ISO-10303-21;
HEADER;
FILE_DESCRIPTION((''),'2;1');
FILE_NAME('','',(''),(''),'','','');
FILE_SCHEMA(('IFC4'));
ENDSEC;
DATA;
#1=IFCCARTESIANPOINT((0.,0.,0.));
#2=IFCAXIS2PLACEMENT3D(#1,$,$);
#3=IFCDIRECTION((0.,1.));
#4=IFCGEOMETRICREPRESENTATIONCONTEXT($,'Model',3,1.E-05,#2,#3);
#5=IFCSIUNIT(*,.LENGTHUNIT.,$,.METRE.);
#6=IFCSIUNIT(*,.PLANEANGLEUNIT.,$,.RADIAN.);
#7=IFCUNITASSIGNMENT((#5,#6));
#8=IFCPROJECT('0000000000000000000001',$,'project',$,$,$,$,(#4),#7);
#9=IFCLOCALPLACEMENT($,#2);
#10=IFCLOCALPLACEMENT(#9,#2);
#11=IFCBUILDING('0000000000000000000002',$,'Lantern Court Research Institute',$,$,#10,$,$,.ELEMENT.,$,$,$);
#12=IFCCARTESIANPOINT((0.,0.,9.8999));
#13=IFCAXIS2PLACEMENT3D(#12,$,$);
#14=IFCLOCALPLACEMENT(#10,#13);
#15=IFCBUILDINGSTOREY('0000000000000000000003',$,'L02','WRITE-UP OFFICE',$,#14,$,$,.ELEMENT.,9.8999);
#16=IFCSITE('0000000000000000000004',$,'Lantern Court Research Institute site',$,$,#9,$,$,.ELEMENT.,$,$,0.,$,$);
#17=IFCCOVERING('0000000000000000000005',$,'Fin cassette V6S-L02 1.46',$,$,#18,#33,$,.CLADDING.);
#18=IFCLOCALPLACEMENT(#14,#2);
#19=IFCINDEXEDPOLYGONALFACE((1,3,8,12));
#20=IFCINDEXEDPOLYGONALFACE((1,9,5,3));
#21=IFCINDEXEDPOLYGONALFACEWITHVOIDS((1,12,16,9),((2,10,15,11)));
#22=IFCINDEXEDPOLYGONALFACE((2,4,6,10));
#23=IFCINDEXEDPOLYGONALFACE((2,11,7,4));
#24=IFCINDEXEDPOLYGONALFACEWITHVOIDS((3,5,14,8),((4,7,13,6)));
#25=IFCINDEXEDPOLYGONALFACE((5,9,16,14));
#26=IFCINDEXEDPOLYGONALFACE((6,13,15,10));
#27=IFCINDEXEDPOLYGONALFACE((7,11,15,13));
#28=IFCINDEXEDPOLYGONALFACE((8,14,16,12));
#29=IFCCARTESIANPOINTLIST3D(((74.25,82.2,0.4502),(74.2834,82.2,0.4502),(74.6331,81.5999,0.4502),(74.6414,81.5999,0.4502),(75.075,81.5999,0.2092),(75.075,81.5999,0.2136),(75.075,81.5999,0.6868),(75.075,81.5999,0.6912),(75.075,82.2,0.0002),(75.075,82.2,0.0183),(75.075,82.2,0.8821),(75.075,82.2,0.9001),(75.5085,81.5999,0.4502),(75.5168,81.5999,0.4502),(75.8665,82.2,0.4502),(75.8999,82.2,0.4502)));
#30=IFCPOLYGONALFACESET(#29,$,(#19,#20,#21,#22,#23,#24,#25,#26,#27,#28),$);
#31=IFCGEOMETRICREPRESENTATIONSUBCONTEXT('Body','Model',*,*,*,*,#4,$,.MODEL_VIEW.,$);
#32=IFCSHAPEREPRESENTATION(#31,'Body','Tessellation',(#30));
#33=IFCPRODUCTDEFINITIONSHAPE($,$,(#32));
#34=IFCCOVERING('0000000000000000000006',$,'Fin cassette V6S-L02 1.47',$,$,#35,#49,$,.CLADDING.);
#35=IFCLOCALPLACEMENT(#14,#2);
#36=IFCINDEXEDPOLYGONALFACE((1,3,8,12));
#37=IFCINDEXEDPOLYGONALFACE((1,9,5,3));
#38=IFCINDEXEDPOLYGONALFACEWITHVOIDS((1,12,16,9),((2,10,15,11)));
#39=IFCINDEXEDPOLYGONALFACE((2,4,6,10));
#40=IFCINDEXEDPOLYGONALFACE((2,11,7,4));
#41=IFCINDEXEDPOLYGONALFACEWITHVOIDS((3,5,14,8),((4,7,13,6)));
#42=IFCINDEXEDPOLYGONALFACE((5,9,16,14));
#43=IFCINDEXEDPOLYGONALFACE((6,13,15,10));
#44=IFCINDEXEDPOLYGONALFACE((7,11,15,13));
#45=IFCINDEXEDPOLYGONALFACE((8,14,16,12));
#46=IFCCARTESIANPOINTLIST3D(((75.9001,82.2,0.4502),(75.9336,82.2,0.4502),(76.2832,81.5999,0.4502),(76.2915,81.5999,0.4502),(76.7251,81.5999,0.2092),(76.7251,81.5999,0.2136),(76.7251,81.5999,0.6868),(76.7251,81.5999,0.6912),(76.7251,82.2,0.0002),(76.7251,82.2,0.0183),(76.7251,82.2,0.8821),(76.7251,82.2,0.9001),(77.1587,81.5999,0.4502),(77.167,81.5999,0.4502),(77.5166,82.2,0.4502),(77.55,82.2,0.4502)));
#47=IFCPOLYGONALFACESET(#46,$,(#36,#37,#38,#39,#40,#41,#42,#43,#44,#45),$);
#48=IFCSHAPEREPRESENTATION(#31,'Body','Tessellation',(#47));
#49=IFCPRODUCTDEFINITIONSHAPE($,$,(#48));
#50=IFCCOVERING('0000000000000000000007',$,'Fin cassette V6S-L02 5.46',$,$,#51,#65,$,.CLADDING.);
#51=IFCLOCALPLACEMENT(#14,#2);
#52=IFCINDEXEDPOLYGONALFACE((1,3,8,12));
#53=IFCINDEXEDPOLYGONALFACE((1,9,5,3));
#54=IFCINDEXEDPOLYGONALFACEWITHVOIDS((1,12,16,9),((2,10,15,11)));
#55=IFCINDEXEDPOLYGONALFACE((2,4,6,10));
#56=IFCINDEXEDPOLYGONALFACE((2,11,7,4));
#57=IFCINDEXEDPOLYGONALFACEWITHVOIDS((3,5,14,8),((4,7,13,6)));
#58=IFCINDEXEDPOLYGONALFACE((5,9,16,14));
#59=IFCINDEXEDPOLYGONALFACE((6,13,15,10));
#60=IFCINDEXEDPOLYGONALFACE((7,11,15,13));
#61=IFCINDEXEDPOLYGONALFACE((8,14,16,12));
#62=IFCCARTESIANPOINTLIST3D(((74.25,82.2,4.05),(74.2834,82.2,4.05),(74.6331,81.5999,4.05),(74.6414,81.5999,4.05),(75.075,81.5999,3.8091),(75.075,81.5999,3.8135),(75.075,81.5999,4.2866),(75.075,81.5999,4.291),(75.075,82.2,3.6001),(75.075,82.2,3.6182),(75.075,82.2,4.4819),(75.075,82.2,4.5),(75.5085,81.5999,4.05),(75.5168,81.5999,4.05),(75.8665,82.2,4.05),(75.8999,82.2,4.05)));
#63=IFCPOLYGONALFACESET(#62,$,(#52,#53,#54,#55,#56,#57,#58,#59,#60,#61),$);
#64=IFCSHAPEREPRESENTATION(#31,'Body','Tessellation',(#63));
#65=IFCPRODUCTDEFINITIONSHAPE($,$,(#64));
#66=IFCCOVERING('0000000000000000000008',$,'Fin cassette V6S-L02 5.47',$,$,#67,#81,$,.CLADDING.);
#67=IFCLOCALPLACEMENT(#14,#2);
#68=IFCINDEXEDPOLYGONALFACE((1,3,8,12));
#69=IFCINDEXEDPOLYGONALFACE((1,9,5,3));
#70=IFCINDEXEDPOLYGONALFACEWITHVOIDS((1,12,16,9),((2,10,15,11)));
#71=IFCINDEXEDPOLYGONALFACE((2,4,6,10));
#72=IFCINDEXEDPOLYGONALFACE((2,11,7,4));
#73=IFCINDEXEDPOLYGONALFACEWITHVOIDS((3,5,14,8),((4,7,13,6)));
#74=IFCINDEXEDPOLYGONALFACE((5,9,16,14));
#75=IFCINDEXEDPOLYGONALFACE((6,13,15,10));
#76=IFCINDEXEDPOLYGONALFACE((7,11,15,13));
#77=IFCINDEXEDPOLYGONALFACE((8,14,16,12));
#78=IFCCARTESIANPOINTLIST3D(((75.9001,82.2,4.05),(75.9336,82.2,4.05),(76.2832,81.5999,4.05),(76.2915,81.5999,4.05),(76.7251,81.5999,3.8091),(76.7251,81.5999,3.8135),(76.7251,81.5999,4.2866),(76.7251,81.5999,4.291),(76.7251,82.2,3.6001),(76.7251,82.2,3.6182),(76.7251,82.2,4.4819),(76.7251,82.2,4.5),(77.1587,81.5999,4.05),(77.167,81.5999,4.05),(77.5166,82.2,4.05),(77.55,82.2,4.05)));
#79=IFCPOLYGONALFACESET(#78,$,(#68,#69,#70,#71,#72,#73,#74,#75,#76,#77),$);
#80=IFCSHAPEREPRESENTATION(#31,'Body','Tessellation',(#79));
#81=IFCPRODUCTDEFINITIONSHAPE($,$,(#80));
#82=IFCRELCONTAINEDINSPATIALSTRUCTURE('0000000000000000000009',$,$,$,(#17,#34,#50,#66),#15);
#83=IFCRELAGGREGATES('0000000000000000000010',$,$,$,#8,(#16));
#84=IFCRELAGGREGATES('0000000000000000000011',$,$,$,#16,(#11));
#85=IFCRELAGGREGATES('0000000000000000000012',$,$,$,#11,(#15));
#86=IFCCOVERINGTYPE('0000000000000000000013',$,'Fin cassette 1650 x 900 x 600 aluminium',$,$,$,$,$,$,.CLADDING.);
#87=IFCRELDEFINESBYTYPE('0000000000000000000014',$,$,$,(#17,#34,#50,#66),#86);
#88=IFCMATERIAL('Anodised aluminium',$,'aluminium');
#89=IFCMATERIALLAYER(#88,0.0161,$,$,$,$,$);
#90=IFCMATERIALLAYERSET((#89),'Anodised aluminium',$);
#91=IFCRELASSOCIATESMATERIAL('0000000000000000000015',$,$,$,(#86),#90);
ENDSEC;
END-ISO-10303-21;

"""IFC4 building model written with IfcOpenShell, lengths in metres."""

from ifc_helpers import new_model, entity, si_unit, direction, frame, origin, place, context, subcontext, project, spatial, material, layer, layer_set, type_object, element, save


model = new_model("IFC4")

# Units and contexts
model_context = context("Model", 3, precision=1e-05, world=origin(), true_north=direction((0.0, 1.0)))
body_context = subcontext(model_context, "Body", "Model", "MODEL_VIEW")
ifc_project = project(units=[si_unit("LENGTHUNIT", "METRE"), si_unit("PLANEANGLEUNIT", "RADIAN")], contexts=[model_context])

# Site, building, storey
site_placement = place(None, origin())
site = spatial("IfcSite", under=ifc_project, at=site_placement, Name="Lantern Court Research Institute site", CompositionType="ELEMENT", RefElevation=0.0)
building_placement = place(site_placement, origin())
building = spatial("IfcBuilding", under=site, at=building_placement, Name="Lantern Court Research Institute", CompositionType="ELEMENT")
storey_placement = place(building_placement, frame((0.0, 0.0, 9.8999)))
storey = spatial("IfcBuildingStorey", under=building, at=storey_placement, Name="L02", Description="WRITE-UP OFFICE", CompositionType="ELEMENT", Elevation=9.8999)

# Coverings
ifc_material_1 = material(Name="Anodised aluminium", Category="aluminium")
ifc_layer_1 = layer(ifc_material_1, 0.0161)
ifc_layer_set_1 = layer_set([ifc_layer_1], Name="Anodised aluminium")
covering_type_1 = type_object("IfcCoveringType", Name="Fin cassette 1650 x 900 x 600 aluminium", PredefinedType="CLADDING", material=ifc_layer_set_1)
covering_1_placement = place(storey_placement, frame((75.075, 82.2, 0.4502), z_axis=(0.0, -1.0, 0.0), x_axis=(1.0, 0.0, 0.0)))
cartesian_point_1 = entity("IfcCartesianPoint", [0.825, 0.0])
cartesian_point_2 = entity("IfcCartesianPoint", [0.7915, 0.0])
cartesian_point_3 = entity("IfcCartesianPoint", [0.4419, 0.0])
cartesian_point_4 = entity("IfcCartesianPoint", [0.4336, 0.0])
element("IfcCovering", 1, at=covering_1_placement, inside=storey, type_object=covering_type_1, Name="Fin cassette V6S-L02 1.46", PredefinedType="CLADDING", context=body_context, shape_type="SweptSolid", body=[
    entity("IfcExtrudedAreaSolidTapered", entity("IfcArbitraryProfileDefWithVoids", "AREA", None, entity("IfcPolyline", [cartesian_point_1, entity("IfcCartesianPoint", [0.0, 0.45]), entity("IfcCartesianPoint", [-0.825, 0.0]), entity("IfcCartesianPoint", [0.0, -0.45]), cartesian_point_1]), [entity("IfcPolyline", [cartesian_point_2, entity("IfcCartesianPoint", [0.0, 0.4319]), entity("IfcCartesianPoint", [-0.7915, 0.0]), entity("IfcCartesianPoint", [0.0, -0.4319]), cartesian_point_2])]), entity("IfcAxis2Placement3D", entity("IfcCartesianPoint", [0.0, 0.0, 0.0])), entity("IfcDirection", [0.0, 0.0, 1.0]), 0.6001, entity("IfcArbitraryProfileDefWithVoids", "AREA", None, entity("IfcPolyline", [cartesian_point_3, entity("IfcCartesianPoint", [0.0, 0.241]), entity("IfcCartesianPoint", [-0.4419, 0.0]), entity("IfcCartesianPoint", [0.0, -0.241]), cartesian_point_3]), [entity("IfcPolyline", [cartesian_point_4, entity("IfcCartesianPoint", [0.0, 0.2366]), entity("IfcCartesianPoint", [-0.4336, 0.0]), entity("IfcCartesianPoint", [0.0, -0.2366]), cartesian_point_4])])),
])
covering_2_placement = place(storey_placement, frame((76.7251, 82.2, 0.4502), z_axis=(0.0, -1.0, 0.0), x_axis=(1.0, 0.0, 0.0)))
cartesian_point_5 = entity("IfcCartesianPoint", [0.825, 0.0])
cartesian_point_6 = entity("IfcCartesianPoint", [0.7915, 0.0])
cartesian_point_7 = entity("IfcCartesianPoint", [0.4419, 0.0])
cartesian_point_8 = entity("IfcCartesianPoint", [0.4336, 0.0])
element("IfcCovering", 2, at=covering_2_placement, inside=storey, type_object=covering_type_1, Name="Fin cassette V6S-L02 1.47", PredefinedType="CLADDING", context=body_context, shape_type="SweptSolid", body=[
    entity("IfcExtrudedAreaSolidTapered", entity("IfcArbitraryProfileDefWithVoids", "AREA", None, entity("IfcPolyline", [cartesian_point_5, entity("IfcCartesianPoint", [0.0, 0.45]), entity("IfcCartesianPoint", [-0.825, 0.0]), entity("IfcCartesianPoint", [0.0, -0.45]), cartesian_point_5]), [entity("IfcPolyline", [cartesian_point_6, entity("IfcCartesianPoint", [0.0, 0.4319]), entity("IfcCartesianPoint", [-0.7915, 0.0]), entity("IfcCartesianPoint", [0.0, -0.4319]), cartesian_point_6])]), entity("IfcAxis2Placement3D", entity("IfcCartesianPoint", [0.0, 0.0, 0.0])), entity("IfcDirection", [0.0, 0.0, 1.0]), 0.6001, entity("IfcArbitraryProfileDefWithVoids", "AREA", None, entity("IfcPolyline", [cartesian_point_7, entity("IfcCartesianPoint", [0.0, 0.241]), entity("IfcCartesianPoint", [-0.4419, 0.0]), entity("IfcCartesianPoint", [0.0, -0.241]), cartesian_point_7]), [entity("IfcPolyline", [cartesian_point_8, entity("IfcCartesianPoint", [0.0, 0.2366]), entity("IfcCartesianPoint", [-0.4336, 0.0]), entity("IfcCartesianPoint", [0.0, -0.2366]), cartesian_point_8])])),
])
covering_3_placement = place(storey_placement, frame((75.075, 82.2, 4.05), z_axis=(0.0, -1.0, 0.0), x_axis=(1.0, 0.0, 0.0)))
cartesian_point_9 = entity("IfcCartesianPoint", [0.825, 0.0])
cartesian_point_10 = entity("IfcCartesianPoint", [0.7915, 0.0])
cartesian_point_11 = entity("IfcCartesianPoint", [0.4419, 0.0])
cartesian_point_12 = entity("IfcCartesianPoint", [0.4336, 0.0])
element("IfcCovering", 3, at=covering_3_placement, inside=storey, type_object=covering_type_1, Name="Fin cassette V6S-L02 5.46", PredefinedType="CLADDING", context=body_context, shape_type="SweptSolid", body=[
    entity("IfcExtrudedAreaSolidTapered", entity("IfcArbitraryProfileDefWithVoids", "AREA", None, entity("IfcPolyline", [cartesian_point_9, entity("IfcCartesianPoint", [0.0, 0.45]), entity("IfcCartesianPoint", [-0.825, 0.0]), entity("IfcCartesianPoint", [0.0, -0.45]), cartesian_point_9]), [entity("IfcPolyline", [cartesian_point_10, entity("IfcCartesianPoint", [0.0, 0.4319]), entity("IfcCartesianPoint", [-0.7915, 0.0]), entity("IfcCartesianPoint", [0.0, -0.4319]), cartesian_point_10])]), entity("IfcAxis2Placement3D", entity("IfcCartesianPoint", [0.0, 0.0, 0.0])), entity("IfcDirection", [0.0, 0.0, 1.0]), 0.6001, entity("IfcArbitraryProfileDefWithVoids", "AREA", None, entity("IfcPolyline", [cartesian_point_11, entity("IfcCartesianPoint", [0.0, 0.241]), entity("IfcCartesianPoint", [-0.4419, 0.0]), entity("IfcCartesianPoint", [0.0, -0.241]), cartesian_point_11]), [entity("IfcPolyline", [cartesian_point_12, entity("IfcCartesianPoint", [0.0, 0.2366]), entity("IfcCartesianPoint", [-0.4336, 0.0]), entity("IfcCartesianPoint", [0.0, -0.2366]), cartesian_point_12])])),
])
covering_4_placement = place(storey_placement, frame((76.7251, 82.2, 4.05), z_axis=(0.0, -1.0, 0.0), x_axis=(1.0, 0.0, 0.0)))
cartesian_point_13 = entity("IfcCartesianPoint", [0.825, 0.0])
cartesian_point_14 = entity("IfcCartesianPoint", [0.7915, 0.0])
cartesian_point_15 = entity("IfcCartesianPoint", [0.4419, 0.0])
cartesian_point_16 = entity("IfcCartesianPoint", [0.4336, 0.0])
element("IfcCovering", 4, at=covering_4_placement, inside=storey, type_object=covering_type_1, Name="Fin cassette V6S-L02 5.47", PredefinedType="CLADDING", context=body_context, shape_type="SweptSolid", body=[
    entity("IfcExtrudedAreaSolidTapered", entity("IfcArbitraryProfileDefWithVoids", "AREA", None, entity("IfcPolyline", [cartesian_point_13, entity("IfcCartesianPoint", [0.0, 0.45]), entity("IfcCartesianPoint", [-0.825, 0.0]), entity("IfcCartesianPoint", [0.0, -0.45]), cartesian_point_13]), [entity("IfcPolyline", [cartesian_point_14, entity("IfcCartesianPoint", [0.0, 0.4319]), entity("IfcCartesianPoint", [-0.7915, 0.0]), entity("IfcCartesianPoint", [0.0, -0.4319]), cartesian_point_14])]), entity("IfcAxis2Placement3D", entity("IfcCartesianPoint", [0.0, 0.0, 0.0])), entity("IfcDirection", [0.0, 0.0, 1.0]), 0.6001, entity("IfcArbitraryProfileDefWithVoids", "AREA", None, entity("IfcPolyline", [cartesian_point_15, entity("IfcCartesianPoint", [0.0, 0.241]), entity("IfcCartesianPoint", [-0.4419, 0.0]), entity("IfcCartesianPoint", [0.0, -0.241]), cartesian_point_15]), [entity("IfcPolyline", [cartesian_point_16, entity("IfcCartesianPoint", [0.0, 0.2366]), entity("IfcCartesianPoint", [-0.4336, 0.0]), entity("IfcCartesianPoint", [0.0, -0.2366]), cartesian_point_16])])),
])

save(model, "model.ifc")
